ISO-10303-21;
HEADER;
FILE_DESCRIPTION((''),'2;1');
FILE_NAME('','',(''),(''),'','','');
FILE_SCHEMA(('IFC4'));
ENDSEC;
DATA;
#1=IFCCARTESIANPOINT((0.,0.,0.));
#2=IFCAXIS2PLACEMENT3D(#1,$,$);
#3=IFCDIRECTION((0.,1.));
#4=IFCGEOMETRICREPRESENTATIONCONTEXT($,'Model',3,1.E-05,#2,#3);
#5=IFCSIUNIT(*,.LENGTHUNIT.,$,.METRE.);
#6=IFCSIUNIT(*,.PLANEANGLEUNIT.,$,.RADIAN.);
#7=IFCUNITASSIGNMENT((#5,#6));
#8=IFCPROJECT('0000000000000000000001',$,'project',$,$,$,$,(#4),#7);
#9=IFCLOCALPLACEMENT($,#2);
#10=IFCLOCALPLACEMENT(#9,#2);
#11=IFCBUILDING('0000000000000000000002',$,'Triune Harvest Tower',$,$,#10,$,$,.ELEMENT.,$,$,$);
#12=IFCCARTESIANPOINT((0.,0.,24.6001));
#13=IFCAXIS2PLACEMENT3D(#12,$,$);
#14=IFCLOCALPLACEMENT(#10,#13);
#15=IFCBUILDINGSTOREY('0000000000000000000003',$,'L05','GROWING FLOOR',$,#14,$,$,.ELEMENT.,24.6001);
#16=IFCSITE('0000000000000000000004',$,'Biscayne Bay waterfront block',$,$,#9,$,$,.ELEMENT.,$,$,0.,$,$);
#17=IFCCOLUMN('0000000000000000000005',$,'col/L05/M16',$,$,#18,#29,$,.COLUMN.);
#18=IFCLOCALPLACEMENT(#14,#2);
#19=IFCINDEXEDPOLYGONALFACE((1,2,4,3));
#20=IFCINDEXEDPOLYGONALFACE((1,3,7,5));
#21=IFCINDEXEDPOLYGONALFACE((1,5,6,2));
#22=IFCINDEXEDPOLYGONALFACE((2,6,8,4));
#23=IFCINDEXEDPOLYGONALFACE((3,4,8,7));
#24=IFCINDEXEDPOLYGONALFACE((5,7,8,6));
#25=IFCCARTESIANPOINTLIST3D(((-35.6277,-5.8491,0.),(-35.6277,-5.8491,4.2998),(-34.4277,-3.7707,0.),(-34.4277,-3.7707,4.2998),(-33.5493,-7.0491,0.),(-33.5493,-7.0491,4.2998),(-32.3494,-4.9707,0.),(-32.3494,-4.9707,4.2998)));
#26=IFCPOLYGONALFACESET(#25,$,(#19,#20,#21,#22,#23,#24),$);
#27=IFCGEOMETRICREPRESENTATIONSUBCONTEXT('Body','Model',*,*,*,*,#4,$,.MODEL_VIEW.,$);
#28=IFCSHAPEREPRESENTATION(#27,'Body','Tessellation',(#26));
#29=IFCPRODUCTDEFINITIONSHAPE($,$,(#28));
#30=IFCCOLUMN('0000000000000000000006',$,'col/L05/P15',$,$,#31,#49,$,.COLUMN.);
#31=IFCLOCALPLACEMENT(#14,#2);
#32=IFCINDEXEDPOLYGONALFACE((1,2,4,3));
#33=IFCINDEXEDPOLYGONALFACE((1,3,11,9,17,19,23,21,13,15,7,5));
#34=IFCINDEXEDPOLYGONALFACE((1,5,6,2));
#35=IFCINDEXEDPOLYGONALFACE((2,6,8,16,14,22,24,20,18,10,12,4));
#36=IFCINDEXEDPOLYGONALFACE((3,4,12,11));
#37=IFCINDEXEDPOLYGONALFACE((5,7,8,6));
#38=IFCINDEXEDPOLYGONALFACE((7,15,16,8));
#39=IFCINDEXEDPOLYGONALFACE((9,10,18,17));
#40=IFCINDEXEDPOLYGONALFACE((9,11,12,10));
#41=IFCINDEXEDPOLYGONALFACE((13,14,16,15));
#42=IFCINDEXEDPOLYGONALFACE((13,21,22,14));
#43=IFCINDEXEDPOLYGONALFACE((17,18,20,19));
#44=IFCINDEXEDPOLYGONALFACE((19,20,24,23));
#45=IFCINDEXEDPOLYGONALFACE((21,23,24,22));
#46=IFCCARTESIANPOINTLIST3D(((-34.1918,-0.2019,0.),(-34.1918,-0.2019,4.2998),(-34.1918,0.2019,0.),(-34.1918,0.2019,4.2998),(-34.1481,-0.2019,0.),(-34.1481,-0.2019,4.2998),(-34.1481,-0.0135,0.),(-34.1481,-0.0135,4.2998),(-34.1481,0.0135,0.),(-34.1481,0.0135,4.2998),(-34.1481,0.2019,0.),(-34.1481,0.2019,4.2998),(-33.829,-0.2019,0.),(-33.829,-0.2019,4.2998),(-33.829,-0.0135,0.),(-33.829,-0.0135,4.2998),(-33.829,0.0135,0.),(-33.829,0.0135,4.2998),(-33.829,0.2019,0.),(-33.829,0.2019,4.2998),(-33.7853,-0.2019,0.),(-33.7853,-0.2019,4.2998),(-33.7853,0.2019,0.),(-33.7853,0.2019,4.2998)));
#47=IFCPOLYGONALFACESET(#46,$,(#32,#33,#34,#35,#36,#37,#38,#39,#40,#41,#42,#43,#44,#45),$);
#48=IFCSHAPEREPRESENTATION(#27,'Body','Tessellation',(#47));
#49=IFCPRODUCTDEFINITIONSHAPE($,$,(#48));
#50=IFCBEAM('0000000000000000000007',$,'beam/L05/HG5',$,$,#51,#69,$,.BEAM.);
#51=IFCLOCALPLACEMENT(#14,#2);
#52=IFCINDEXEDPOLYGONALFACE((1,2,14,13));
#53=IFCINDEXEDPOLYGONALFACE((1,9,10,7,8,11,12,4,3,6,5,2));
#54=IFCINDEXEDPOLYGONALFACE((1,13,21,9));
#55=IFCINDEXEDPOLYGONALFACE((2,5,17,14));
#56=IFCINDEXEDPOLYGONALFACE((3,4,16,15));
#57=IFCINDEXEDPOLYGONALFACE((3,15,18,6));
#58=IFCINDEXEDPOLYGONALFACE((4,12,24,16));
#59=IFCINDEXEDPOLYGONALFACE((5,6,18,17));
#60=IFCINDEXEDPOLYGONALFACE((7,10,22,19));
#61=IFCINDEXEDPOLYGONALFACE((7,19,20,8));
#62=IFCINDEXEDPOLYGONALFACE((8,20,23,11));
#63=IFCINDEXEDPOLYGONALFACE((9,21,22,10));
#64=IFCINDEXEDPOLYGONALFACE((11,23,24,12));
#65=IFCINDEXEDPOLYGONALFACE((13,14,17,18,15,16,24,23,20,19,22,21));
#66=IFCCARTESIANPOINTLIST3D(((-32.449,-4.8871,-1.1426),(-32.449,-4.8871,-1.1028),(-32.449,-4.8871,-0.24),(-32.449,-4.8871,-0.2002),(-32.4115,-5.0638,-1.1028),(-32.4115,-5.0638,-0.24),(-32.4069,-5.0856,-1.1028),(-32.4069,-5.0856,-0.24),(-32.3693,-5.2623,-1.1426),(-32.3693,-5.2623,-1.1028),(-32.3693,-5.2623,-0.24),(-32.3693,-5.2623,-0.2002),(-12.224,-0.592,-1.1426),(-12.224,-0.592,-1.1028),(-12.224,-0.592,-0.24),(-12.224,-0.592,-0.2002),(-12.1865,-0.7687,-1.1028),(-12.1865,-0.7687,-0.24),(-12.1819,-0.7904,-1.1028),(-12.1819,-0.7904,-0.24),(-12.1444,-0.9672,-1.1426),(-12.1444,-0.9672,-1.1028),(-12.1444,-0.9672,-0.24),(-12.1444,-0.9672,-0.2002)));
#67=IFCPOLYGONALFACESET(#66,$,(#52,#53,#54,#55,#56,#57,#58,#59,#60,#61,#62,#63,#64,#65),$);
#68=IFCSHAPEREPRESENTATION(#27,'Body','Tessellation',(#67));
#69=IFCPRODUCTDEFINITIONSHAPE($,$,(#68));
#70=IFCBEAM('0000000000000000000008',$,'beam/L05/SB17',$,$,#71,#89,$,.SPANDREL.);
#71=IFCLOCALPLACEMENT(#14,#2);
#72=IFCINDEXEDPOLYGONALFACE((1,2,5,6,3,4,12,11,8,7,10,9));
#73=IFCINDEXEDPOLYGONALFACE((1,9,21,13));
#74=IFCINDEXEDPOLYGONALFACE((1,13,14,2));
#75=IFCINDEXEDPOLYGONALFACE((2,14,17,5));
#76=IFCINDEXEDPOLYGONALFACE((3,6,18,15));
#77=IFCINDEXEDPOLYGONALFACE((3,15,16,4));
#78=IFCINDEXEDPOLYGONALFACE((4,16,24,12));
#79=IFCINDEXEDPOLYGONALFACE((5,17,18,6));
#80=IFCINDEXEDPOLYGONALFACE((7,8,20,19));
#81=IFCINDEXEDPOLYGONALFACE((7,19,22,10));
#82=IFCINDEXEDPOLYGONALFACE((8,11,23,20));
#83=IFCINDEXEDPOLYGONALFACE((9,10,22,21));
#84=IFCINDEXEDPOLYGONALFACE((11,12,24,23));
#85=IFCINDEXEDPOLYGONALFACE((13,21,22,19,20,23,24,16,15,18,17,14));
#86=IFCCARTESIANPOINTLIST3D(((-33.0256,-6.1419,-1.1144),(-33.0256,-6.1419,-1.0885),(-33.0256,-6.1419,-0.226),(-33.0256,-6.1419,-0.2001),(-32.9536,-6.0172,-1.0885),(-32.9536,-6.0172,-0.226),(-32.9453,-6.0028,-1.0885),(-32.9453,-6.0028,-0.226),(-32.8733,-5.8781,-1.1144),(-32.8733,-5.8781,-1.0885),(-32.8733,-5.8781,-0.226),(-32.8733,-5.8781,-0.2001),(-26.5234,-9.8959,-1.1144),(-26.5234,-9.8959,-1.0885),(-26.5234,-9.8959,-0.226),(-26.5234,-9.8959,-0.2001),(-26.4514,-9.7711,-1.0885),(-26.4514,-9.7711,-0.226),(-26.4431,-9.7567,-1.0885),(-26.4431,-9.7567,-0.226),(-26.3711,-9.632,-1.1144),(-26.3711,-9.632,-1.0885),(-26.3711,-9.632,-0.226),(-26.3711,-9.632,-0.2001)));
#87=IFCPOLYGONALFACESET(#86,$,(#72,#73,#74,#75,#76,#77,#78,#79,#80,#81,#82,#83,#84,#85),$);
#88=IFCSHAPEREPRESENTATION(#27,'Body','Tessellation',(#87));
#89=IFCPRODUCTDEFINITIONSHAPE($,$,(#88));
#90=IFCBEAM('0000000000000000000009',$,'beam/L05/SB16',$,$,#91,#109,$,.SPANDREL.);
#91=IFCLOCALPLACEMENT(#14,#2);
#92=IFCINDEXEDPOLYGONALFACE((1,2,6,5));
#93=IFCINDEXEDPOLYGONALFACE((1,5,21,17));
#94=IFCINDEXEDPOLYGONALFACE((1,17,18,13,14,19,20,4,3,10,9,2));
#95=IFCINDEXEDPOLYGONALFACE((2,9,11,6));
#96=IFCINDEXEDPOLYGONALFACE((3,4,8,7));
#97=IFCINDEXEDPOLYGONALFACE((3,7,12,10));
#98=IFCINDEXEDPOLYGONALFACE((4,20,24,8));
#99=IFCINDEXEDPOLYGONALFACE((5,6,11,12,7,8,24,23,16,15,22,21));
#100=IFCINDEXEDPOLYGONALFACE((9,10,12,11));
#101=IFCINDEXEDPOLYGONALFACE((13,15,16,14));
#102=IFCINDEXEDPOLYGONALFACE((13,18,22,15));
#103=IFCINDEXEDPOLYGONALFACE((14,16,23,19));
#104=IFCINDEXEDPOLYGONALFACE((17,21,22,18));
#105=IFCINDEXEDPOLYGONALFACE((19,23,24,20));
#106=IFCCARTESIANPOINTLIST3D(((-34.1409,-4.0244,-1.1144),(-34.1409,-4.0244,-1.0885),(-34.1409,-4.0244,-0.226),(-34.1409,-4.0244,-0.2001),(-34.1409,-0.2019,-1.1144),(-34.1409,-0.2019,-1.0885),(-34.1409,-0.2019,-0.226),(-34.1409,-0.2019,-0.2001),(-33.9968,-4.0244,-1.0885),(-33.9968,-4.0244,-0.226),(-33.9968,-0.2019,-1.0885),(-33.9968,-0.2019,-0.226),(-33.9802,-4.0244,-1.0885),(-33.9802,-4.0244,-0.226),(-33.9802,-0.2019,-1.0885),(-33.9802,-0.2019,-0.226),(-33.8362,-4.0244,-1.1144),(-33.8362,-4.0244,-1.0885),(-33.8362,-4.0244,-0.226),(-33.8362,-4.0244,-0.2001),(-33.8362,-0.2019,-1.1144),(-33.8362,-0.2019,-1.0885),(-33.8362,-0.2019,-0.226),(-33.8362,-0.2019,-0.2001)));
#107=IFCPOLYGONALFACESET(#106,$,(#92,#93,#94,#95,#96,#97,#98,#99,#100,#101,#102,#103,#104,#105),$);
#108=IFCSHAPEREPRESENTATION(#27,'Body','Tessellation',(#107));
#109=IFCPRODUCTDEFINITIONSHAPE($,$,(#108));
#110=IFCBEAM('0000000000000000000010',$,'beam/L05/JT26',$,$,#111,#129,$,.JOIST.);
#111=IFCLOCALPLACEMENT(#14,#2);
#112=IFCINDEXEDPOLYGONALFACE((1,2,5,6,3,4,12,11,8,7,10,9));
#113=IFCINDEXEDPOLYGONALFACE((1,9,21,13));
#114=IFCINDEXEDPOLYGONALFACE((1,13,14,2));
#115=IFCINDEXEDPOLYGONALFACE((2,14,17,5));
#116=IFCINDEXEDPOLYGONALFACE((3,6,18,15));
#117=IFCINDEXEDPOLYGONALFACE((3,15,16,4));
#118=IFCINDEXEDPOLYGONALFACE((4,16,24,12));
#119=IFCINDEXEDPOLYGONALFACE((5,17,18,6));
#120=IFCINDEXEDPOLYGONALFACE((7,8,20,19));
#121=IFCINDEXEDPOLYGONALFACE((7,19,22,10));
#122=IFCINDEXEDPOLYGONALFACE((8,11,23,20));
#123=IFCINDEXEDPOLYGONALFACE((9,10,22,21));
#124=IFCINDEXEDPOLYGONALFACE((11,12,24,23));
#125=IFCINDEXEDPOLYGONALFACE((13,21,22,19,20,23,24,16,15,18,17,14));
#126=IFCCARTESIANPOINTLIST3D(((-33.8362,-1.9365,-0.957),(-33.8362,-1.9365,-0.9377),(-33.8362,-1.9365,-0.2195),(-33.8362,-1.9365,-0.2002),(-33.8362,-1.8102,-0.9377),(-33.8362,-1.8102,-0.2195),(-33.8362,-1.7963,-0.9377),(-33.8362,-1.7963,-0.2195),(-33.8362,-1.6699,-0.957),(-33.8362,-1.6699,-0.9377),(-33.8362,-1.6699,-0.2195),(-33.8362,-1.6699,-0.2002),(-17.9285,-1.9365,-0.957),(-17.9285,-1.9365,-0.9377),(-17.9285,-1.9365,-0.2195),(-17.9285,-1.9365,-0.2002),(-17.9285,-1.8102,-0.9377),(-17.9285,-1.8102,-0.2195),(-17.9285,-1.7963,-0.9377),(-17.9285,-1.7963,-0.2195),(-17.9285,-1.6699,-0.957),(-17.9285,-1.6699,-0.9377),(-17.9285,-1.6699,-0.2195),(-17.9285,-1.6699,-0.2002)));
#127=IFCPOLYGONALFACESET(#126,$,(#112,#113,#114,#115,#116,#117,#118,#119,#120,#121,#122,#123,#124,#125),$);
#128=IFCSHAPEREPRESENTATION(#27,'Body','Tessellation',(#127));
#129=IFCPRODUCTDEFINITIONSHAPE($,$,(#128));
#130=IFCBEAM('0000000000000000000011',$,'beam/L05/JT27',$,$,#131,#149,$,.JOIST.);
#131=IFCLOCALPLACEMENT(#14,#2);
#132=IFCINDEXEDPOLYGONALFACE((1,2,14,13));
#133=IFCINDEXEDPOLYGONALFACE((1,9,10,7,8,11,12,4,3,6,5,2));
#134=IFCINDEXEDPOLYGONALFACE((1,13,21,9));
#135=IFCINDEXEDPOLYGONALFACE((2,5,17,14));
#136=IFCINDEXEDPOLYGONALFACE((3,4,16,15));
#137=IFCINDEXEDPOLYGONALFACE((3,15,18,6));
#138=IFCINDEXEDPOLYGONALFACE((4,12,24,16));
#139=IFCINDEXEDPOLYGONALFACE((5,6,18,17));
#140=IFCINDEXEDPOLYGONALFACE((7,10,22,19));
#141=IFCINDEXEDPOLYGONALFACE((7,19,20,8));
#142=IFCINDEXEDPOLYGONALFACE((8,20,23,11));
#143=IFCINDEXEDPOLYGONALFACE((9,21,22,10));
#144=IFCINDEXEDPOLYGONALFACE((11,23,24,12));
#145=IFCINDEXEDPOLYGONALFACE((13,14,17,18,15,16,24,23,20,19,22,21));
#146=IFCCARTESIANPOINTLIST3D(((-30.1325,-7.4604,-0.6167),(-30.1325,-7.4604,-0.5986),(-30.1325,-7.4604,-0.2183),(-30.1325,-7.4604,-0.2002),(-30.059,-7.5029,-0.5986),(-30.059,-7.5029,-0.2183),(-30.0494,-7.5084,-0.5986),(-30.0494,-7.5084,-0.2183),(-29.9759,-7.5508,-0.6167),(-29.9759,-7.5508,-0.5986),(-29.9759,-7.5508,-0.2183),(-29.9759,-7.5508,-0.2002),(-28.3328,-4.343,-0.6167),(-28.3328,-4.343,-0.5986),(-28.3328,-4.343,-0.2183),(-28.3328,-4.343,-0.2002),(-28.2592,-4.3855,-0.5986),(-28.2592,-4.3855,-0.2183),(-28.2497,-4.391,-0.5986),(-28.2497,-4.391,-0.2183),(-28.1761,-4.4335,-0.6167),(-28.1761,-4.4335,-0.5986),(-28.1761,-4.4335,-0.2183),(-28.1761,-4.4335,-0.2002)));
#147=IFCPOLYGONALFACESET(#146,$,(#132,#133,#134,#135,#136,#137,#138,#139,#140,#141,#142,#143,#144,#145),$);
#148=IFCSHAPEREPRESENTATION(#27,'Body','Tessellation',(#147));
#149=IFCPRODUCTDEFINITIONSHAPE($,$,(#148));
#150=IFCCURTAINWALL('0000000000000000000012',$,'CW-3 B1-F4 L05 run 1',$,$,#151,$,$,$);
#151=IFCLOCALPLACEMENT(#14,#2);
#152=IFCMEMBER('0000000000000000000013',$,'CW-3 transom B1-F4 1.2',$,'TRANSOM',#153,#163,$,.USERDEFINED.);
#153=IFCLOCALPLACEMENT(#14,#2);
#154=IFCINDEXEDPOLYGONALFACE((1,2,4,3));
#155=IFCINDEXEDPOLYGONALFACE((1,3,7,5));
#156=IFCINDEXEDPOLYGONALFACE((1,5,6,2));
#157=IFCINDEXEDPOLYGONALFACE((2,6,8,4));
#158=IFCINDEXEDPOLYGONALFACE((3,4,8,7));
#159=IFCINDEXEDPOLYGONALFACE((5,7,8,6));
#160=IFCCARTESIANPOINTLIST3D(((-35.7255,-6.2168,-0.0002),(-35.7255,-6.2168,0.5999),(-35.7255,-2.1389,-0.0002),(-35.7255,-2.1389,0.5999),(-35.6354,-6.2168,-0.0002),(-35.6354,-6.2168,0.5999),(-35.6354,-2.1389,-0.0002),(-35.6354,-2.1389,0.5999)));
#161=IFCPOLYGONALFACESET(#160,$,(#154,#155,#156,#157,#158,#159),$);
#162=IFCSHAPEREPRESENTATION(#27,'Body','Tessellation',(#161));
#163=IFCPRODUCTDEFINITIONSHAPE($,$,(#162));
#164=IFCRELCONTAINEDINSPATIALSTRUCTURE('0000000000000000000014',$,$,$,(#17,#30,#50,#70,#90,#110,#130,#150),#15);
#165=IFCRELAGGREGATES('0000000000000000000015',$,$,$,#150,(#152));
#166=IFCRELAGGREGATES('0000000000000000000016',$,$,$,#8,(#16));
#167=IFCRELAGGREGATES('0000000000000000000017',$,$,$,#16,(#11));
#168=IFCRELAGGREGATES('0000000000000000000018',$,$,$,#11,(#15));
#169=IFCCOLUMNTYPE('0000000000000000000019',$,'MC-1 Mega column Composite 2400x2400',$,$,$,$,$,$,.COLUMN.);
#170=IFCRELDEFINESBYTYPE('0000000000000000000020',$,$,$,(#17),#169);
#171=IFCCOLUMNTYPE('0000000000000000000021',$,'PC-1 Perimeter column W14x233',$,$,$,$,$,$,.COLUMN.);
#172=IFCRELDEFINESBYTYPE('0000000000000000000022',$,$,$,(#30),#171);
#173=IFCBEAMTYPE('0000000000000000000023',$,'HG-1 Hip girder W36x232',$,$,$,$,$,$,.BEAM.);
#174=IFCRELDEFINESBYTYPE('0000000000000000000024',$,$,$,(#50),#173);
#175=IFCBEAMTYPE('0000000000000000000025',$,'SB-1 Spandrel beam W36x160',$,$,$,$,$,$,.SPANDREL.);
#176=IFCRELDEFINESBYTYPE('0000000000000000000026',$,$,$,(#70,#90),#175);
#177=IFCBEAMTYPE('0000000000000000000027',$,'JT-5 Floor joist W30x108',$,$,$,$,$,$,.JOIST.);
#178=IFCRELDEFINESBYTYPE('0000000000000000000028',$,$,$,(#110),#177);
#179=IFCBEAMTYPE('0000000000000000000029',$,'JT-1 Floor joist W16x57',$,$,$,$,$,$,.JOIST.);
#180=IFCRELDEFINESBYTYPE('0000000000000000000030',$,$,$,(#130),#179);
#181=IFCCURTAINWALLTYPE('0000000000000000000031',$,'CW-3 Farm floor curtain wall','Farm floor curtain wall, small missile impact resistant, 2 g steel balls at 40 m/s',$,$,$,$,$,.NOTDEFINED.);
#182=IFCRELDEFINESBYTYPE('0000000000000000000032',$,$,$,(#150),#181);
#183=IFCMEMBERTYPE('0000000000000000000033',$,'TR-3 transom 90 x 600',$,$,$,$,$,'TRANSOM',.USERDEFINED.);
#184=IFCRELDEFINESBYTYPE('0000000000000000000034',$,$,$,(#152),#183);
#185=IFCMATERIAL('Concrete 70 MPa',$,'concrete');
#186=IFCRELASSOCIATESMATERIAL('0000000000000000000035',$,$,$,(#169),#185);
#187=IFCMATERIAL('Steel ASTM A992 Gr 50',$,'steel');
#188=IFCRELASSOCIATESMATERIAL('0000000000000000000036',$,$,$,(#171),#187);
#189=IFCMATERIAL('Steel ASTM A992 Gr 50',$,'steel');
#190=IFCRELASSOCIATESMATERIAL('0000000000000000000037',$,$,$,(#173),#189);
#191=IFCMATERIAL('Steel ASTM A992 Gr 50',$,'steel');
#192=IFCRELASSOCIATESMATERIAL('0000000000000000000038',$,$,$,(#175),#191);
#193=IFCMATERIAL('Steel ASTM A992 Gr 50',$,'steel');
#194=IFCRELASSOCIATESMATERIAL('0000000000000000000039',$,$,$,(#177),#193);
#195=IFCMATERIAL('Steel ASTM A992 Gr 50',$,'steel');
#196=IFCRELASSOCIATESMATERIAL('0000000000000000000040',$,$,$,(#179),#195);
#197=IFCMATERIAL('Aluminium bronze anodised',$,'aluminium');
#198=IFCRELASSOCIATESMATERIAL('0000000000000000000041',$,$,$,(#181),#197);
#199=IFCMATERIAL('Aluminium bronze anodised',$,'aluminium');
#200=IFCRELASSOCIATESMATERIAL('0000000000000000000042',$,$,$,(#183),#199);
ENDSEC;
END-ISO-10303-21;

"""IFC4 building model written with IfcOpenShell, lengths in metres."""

from ifc_helpers import new_model, si_unit, direction, frame, origin, origin_2d, place, context, subcontext, project, spatial, rectangle, i_section, extrude, source, transform, mapped, material, material_profile, profile_set, type_object, element, aggregate, save


model = new_model("IFC4")

# Units and contexts
model_context = context("Model", 3, precision=1e-05, world=origin(), true_north=direction((0.0, 1.0)))
body_context = subcontext(model_context, "Body", "Model", "MODEL_VIEW")
ifc_project = project(units=[si_unit("LENGTHUNIT", "METRE"), si_unit("PLANEANGLEUNIT", "RADIAN")], contexts=[model_context])

# Site, building, storey
site_placement = place(None, origin())
site = spatial("IfcSite", under=ifc_project, at=site_placement, Name="Biscayne Bay waterfront block", CompositionType="ELEMENT", RefElevation=0.0)
building_placement = place(site_placement, origin())
building = spatial("IfcBuilding", under=site, at=building_placement, Name="Triune Harvest Tower", CompositionType="ELEMENT")
storey_placement = place(building_placement, frame((0.0, 0.0, 24.6001)))
storey = spatial("IfcBuildingStorey", under=building, at=storey_placement, Name="L05", Description="GROWING FLOOR", CompositionType="ELEMENT", Elevation=24.6001)

# Columns
ifc_material_1 = material(Name="Concrete 70 MPa", Category="concrete")
ifc_material_profile_1 = material_profile(ifc_material_1, rectangle(XDim=2.3999, YDim=2.3999, at=origin_2d()), Name="Composite 2400x2400")
ifc_profile_set_1 = profile_set([ifc_material_profile_1], Name="Concrete 70 MPa")
column_type_1 = type_object("IfcColumnType", Name="MC-1 Mega column Composite 2400x2400", PredefinedType="COLUMN", material=ifc_profile_set_1)
shared_shape_1 = source(origin(), body_context, "Body", "SweptSolid", [
    extrude(rectangle(XDim=2.3999, YDim=2.3999, at=origin_2d()), origin(), (0.0, 0.0, 1.0), 4.2998),
])
column_1_placement = place(storey_placement, frame((-33.9885, -5.4099, 0.0), z_axis=(0.0, 0.0, 1.0), x_axis=(0.866025, -0.5, 0.0)))
element("IfcColumn", 1, at=column_1_placement, inside=storey, type_object=column_type_1, Name="col/L05/M16", PredefinedType="COLUMN", context=body_context, shape_type="MappedRepresentation", body=[
    mapped(shared_shape_1, transform((0.0, 0.0, 0.0), scale=1.0)),
])
ifc_material_2 = material(Name="Steel ASTM A992 Gr 50", Category="steel")
ifc_material_profile_2 = material_profile(ifc_material_2, i_section(OverallWidth=0.4038, OverallDepth=0.4065, WebThickness=0.0271, FlangeThickness=0.0437, at=origin_2d()), Name="W14x233")
ifc_profile_set_2 = profile_set([ifc_material_profile_2], Name="Steel ASTM A992 Gr 50")
column_type_2 = type_object("IfcColumnType", Name="PC-1 Perimeter column W14x233", PredefinedType="COLUMN", material=ifc_profile_set_2)
shared_shape_2 = source(origin(), body_context, "Body", "SweptSolid", [
    extrude(i_section(OverallWidth=0.4038, OverallDepth=0.4065, WebThickness=0.0271, FlangeThickness=0.0437, at=origin_2d()), origin(), (0.0, 0.0, 1.0), 4.2998),
])
column_2_placement = place(storey_placement, frame((-33.9885, 0.0, 0.0), z_axis=(0.0, 0.0, 1.0), x_axis=(0.0, -1.0, 0.0)))
element("IfcColumn", 2, at=column_2_placement, inside=storey, type_object=column_type_2, Name="col/L05/P15", PredefinedType="COLUMN", context=body_context, shape_type="MappedRepresentation", body=[
    mapped(shared_shape_2, transform((0.0, 0.0, 0.0), scale=1.0)),
])

# Beams
ifc_material_3 = material(Name="Steel ASTM A992 Gr 50", Category="steel")
ifc_material_profile_3 = material_profile(ifc_material_3, i_section(OverallWidth=0.3835, OverallDepth=0.9424, WebThickness=0.0222, FlangeThickness=0.0398, at=origin_2d()), Name="W36x232")
ifc_profile_set_3 = profile_set([ifc_material_profile_3], Name="Steel ASTM A992 Gr 50")
beam_type_1 = type_object("IfcBeamType", Name="HG-1 Hip girder W36x232", PredefinedType="BEAM", material=ifc_profile_set_3)
shared_shape_3 = source(origin(), body_context, "Body", "SweptSolid", [
    extrude(i_section(OverallWidth=0.3835, OverallDepth=0.9424, WebThickness=0.0222, FlangeThickness=0.0398, at=origin_2d()), origin(), (0.0, 0.0, 1.0), 20.676),
])
beam_1_placement = place(storey_placement, frame((-32.4092, -5.0747, -0.6714), z_axis=(0.978185, 0.207735, 0.0), x_axis=(-0.207735, 0.978185, 0.0)))
element("IfcBeam", 3, at=beam_1_placement, inside=storey, type_object=beam_type_1, Name="beam/L05/HG5", PredefinedType="BEAM", context=body_context, shape_type="MappedRepresentation", body=[
    mapped(shared_shape_3, transform((0.0, 0.0, 0.0), scale=1.0)),
])
ifc_material_4 = material(Name="Steel ASTM A992 Gr 50", Category="steel")
ifc_material_profile_4 = material_profile(ifc_material_4, i_section(OverallWidth=0.3047, OverallDepth=0.9143, WebThickness=0.0166, FlangeThickness=0.0259, at=origin_2d()), Name="W36x160")
ifc_profile_set_4 = profile_set([ifc_material_profile_4], Name="Steel ASTM A992 Gr 50")
beam_type_2 = type_object("IfcBeamType", Name="SB-1 Spandrel beam W36x160", PredefinedType="SPANDREL", material=ifc_profile_set_4)
shared_shape_4 = source(origin(), body_context, "Body", "SweptSolid", [
    extrude(i_section(OverallWidth=0.3047, OverallDepth=0.9143, WebThickness=0.0166, FlangeThickness=0.0259, at=origin_2d()), origin(), (0.0, 0.0, 1.0), 7.5081),
])
beam_2_placement = place(storey_placement, frame((-32.9495, -6.01, -0.6572), z_axis=(0.866033, -0.499986, 0.0), x_axis=(0.499986, 0.866033, 0.0)))
element("IfcBeam", 4, at=beam_2_placement, inside=storey, type_object=beam_type_2, Name="beam/L05/SB17", PredefinedType="SPANDREL", context=body_context, shape_type="MappedRepresentation", body=[
    mapped(shared_shape_4, transform((0.0, 0.0, 0.0), scale=1.0)),
])
shared_shape_5 = source(origin(), body_context, "Body", "SweptSolid", [
    extrude(i_section(OverallWidth=0.3047, OverallDepth=0.9143, WebThickness=0.0166, FlangeThickness=0.0259, at=origin_2d()), origin(), (0.0, 0.0, 1.0), 3.8225),
])
beam_3_placement = place(storey_placement, frame((-33.9885, -0.2019, -0.6572), z_axis=(0.0, -1.0, 0.0), x_axis=(1.0, 0.0, 0.0)))
element("IfcBeam", 5, at=beam_3_placement, inside=storey, type_object=beam_type_2, Name="beam/L05/SB16", PredefinedType="SPANDREL", context=body_context, shape_type="MappedRepresentation", body=[
    mapped(shared_shape_5, transform((0.0, 0.0, 0.0), scale=1.0)),
])
ifc_material_5 = material(Name="Steel ASTM A992 Gr 50", Category="steel")
ifc_material_profile_5 = material_profile(ifc_material_5, i_section(OverallWidth=0.2666, OverallDepth=0.7568, WebThickness=0.0139, FlangeThickness=0.0193, at=origin_2d()), Name="W30x108")
ifc_profile_set_5 = profile_set([ifc_material_profile_5], Name="Steel ASTM A992 Gr 50")
beam_type_3 = type_object("IfcBeamType", Name="JT-5 Floor joist W30x108", PredefinedType="JOIST", material=ifc_profile_set_5)
shared_shape_6 = source(origin(), body_context, "Body", "SweptSolid", [
    extrude(i_section(OverallWidth=0.2666, OverallDepth=0.7568, WebThickness=0.0139, FlangeThickness=0.0193, at=origin_2d()), origin(), (0.0, 0.0, 1.0), 15.9077),
])
beam_4_placement = place(storey_placement, frame((-33.8362, -1.8032, -0.5786), z_axis=(1.0, 0.0, 0.0), x_axis=(0.0, 1.0, 0.0)))
element("IfcBeam", 6, at=beam_4_placement, inside=storey, type_object=beam_type_3, Name="beam/L05/JT26", PredefinedType="JOIST", context=body_context, shape_type="MappedRepresentation", body=[
    mapped(shared_shape_6, transform((0.0, 0.0, 0.0), scale=1.0)),
])
ifc_material_6 = material(Name="Steel ASTM A992 Gr 50", Category="steel")
ifc_material_profile_6 = material_profile(ifc_material_6, i_section(OverallWidth=0.1809, OverallDepth=0.4165, WebThickness=0.011, FlangeThickness=0.0181, at=origin_2d()), Name="W16x57")
ifc_profile_set_6 = profile_set([ifc_material_profile_6], Name="Steel ASTM A992 Gr 50")
beam_type_4 = type_object("IfcBeamType", Name="JT-1 Floor joist W16x57", PredefinedType="JOIST", material=ifc_profile_set_6)
shared_shape_7 = source(origin(), body_context, "Body", "SweptSolid", [
    extrude(i_section(OverallWidth=0.1809, OverallDepth=0.4165, WebThickness=0.011, FlangeThickness=0.0181, at=origin_2d()), origin(), (0.0, 0.0, 1.0), 3.5996),
])
beam_5_placement = place(storey_placement, frame((-30.0542, -7.5056, -0.4084), z_axis=(0.499991, 0.866031, 0.0), x_axis=(-0.866031, 0.499991, 0.0)))
element("IfcBeam", 7, at=beam_5_placement, inside=storey, type_object=beam_type_4, Name="beam/L05/JT27", PredefinedType="JOIST", context=body_context, shape_type="MappedRepresentation", body=[
    mapped(shared_shape_7, transform((0.0, 0.0, 0.0), scale=1.0)),
])

# Curtain wall, member
ifc_material_7 = material(Name="Aluminium bronze anodised", Category="aluminium")
curtain_wall_type_1 = type_object("IfcCurtainWallType", Name="CW-3 Farm floor curtain wall", Description="Farm floor curtain wall, small missile impact resistant, 2 g steel balls at 40 m/s", PredefinedType="NOTDEFINED", material=ifc_material_7)
curtain_wall_1_placement = place(storey_placement, origin())
curtain_wall_1 = element("IfcCurtainWall", 8, at=curtain_wall_1_placement, inside=storey, type_object=curtain_wall_type_1, Name="CW-3 B1-F4 L05 run 1")
ifc_material_8 = material(Name="Aluminium bronze anodised", Category="aluminium")
ifc_material_profile_7 = material_profile(ifc_material_8, rectangle(XDim=0.0901, YDim=0.6001, at=origin_2d()), Name="TR-3 transom 90 x 600")
ifc_profile_set_7 = profile_set([ifc_material_profile_7], Name="Aluminium bronze anodised")
member_type_1 = type_object("IfcMemberType", Name="TR-3 transom 90 x 600", ElementType="TRANSOM", PredefinedType="USERDEFINED", material=ifc_profile_set_7)
shared_shape_8 = source(origin(), body_context, "Body", "SweptSolid", [
    extrude(rectangle(XDim=0.0901, YDim=0.6001, at=origin_2d()), origin(), (0.0, 0.0, 1.0), 4.0779),
])
member_1_placement = place(storey_placement, frame((-35.6804, -2.1389, 0.2998), z_axis=(0.0, -1.0, 0.0), x_axis=(1.0, 0.0, 0.0)))
member_1 = element("IfcMember", 9, at=member_1_placement, type_object=member_type_1, Name="CW-3 transom B1-F4 1.2", ObjectType="TRANSOM", PredefinedType="USERDEFINED", context=body_context, shape_type="MappedRepresentation", body=[
    mapped(shared_shape_8, transform((0.0, 0.0, 0.0), scale=1.0)),
])

aggregate(curtain_wall_1, [member_1])

save(model, "model.ifc")
